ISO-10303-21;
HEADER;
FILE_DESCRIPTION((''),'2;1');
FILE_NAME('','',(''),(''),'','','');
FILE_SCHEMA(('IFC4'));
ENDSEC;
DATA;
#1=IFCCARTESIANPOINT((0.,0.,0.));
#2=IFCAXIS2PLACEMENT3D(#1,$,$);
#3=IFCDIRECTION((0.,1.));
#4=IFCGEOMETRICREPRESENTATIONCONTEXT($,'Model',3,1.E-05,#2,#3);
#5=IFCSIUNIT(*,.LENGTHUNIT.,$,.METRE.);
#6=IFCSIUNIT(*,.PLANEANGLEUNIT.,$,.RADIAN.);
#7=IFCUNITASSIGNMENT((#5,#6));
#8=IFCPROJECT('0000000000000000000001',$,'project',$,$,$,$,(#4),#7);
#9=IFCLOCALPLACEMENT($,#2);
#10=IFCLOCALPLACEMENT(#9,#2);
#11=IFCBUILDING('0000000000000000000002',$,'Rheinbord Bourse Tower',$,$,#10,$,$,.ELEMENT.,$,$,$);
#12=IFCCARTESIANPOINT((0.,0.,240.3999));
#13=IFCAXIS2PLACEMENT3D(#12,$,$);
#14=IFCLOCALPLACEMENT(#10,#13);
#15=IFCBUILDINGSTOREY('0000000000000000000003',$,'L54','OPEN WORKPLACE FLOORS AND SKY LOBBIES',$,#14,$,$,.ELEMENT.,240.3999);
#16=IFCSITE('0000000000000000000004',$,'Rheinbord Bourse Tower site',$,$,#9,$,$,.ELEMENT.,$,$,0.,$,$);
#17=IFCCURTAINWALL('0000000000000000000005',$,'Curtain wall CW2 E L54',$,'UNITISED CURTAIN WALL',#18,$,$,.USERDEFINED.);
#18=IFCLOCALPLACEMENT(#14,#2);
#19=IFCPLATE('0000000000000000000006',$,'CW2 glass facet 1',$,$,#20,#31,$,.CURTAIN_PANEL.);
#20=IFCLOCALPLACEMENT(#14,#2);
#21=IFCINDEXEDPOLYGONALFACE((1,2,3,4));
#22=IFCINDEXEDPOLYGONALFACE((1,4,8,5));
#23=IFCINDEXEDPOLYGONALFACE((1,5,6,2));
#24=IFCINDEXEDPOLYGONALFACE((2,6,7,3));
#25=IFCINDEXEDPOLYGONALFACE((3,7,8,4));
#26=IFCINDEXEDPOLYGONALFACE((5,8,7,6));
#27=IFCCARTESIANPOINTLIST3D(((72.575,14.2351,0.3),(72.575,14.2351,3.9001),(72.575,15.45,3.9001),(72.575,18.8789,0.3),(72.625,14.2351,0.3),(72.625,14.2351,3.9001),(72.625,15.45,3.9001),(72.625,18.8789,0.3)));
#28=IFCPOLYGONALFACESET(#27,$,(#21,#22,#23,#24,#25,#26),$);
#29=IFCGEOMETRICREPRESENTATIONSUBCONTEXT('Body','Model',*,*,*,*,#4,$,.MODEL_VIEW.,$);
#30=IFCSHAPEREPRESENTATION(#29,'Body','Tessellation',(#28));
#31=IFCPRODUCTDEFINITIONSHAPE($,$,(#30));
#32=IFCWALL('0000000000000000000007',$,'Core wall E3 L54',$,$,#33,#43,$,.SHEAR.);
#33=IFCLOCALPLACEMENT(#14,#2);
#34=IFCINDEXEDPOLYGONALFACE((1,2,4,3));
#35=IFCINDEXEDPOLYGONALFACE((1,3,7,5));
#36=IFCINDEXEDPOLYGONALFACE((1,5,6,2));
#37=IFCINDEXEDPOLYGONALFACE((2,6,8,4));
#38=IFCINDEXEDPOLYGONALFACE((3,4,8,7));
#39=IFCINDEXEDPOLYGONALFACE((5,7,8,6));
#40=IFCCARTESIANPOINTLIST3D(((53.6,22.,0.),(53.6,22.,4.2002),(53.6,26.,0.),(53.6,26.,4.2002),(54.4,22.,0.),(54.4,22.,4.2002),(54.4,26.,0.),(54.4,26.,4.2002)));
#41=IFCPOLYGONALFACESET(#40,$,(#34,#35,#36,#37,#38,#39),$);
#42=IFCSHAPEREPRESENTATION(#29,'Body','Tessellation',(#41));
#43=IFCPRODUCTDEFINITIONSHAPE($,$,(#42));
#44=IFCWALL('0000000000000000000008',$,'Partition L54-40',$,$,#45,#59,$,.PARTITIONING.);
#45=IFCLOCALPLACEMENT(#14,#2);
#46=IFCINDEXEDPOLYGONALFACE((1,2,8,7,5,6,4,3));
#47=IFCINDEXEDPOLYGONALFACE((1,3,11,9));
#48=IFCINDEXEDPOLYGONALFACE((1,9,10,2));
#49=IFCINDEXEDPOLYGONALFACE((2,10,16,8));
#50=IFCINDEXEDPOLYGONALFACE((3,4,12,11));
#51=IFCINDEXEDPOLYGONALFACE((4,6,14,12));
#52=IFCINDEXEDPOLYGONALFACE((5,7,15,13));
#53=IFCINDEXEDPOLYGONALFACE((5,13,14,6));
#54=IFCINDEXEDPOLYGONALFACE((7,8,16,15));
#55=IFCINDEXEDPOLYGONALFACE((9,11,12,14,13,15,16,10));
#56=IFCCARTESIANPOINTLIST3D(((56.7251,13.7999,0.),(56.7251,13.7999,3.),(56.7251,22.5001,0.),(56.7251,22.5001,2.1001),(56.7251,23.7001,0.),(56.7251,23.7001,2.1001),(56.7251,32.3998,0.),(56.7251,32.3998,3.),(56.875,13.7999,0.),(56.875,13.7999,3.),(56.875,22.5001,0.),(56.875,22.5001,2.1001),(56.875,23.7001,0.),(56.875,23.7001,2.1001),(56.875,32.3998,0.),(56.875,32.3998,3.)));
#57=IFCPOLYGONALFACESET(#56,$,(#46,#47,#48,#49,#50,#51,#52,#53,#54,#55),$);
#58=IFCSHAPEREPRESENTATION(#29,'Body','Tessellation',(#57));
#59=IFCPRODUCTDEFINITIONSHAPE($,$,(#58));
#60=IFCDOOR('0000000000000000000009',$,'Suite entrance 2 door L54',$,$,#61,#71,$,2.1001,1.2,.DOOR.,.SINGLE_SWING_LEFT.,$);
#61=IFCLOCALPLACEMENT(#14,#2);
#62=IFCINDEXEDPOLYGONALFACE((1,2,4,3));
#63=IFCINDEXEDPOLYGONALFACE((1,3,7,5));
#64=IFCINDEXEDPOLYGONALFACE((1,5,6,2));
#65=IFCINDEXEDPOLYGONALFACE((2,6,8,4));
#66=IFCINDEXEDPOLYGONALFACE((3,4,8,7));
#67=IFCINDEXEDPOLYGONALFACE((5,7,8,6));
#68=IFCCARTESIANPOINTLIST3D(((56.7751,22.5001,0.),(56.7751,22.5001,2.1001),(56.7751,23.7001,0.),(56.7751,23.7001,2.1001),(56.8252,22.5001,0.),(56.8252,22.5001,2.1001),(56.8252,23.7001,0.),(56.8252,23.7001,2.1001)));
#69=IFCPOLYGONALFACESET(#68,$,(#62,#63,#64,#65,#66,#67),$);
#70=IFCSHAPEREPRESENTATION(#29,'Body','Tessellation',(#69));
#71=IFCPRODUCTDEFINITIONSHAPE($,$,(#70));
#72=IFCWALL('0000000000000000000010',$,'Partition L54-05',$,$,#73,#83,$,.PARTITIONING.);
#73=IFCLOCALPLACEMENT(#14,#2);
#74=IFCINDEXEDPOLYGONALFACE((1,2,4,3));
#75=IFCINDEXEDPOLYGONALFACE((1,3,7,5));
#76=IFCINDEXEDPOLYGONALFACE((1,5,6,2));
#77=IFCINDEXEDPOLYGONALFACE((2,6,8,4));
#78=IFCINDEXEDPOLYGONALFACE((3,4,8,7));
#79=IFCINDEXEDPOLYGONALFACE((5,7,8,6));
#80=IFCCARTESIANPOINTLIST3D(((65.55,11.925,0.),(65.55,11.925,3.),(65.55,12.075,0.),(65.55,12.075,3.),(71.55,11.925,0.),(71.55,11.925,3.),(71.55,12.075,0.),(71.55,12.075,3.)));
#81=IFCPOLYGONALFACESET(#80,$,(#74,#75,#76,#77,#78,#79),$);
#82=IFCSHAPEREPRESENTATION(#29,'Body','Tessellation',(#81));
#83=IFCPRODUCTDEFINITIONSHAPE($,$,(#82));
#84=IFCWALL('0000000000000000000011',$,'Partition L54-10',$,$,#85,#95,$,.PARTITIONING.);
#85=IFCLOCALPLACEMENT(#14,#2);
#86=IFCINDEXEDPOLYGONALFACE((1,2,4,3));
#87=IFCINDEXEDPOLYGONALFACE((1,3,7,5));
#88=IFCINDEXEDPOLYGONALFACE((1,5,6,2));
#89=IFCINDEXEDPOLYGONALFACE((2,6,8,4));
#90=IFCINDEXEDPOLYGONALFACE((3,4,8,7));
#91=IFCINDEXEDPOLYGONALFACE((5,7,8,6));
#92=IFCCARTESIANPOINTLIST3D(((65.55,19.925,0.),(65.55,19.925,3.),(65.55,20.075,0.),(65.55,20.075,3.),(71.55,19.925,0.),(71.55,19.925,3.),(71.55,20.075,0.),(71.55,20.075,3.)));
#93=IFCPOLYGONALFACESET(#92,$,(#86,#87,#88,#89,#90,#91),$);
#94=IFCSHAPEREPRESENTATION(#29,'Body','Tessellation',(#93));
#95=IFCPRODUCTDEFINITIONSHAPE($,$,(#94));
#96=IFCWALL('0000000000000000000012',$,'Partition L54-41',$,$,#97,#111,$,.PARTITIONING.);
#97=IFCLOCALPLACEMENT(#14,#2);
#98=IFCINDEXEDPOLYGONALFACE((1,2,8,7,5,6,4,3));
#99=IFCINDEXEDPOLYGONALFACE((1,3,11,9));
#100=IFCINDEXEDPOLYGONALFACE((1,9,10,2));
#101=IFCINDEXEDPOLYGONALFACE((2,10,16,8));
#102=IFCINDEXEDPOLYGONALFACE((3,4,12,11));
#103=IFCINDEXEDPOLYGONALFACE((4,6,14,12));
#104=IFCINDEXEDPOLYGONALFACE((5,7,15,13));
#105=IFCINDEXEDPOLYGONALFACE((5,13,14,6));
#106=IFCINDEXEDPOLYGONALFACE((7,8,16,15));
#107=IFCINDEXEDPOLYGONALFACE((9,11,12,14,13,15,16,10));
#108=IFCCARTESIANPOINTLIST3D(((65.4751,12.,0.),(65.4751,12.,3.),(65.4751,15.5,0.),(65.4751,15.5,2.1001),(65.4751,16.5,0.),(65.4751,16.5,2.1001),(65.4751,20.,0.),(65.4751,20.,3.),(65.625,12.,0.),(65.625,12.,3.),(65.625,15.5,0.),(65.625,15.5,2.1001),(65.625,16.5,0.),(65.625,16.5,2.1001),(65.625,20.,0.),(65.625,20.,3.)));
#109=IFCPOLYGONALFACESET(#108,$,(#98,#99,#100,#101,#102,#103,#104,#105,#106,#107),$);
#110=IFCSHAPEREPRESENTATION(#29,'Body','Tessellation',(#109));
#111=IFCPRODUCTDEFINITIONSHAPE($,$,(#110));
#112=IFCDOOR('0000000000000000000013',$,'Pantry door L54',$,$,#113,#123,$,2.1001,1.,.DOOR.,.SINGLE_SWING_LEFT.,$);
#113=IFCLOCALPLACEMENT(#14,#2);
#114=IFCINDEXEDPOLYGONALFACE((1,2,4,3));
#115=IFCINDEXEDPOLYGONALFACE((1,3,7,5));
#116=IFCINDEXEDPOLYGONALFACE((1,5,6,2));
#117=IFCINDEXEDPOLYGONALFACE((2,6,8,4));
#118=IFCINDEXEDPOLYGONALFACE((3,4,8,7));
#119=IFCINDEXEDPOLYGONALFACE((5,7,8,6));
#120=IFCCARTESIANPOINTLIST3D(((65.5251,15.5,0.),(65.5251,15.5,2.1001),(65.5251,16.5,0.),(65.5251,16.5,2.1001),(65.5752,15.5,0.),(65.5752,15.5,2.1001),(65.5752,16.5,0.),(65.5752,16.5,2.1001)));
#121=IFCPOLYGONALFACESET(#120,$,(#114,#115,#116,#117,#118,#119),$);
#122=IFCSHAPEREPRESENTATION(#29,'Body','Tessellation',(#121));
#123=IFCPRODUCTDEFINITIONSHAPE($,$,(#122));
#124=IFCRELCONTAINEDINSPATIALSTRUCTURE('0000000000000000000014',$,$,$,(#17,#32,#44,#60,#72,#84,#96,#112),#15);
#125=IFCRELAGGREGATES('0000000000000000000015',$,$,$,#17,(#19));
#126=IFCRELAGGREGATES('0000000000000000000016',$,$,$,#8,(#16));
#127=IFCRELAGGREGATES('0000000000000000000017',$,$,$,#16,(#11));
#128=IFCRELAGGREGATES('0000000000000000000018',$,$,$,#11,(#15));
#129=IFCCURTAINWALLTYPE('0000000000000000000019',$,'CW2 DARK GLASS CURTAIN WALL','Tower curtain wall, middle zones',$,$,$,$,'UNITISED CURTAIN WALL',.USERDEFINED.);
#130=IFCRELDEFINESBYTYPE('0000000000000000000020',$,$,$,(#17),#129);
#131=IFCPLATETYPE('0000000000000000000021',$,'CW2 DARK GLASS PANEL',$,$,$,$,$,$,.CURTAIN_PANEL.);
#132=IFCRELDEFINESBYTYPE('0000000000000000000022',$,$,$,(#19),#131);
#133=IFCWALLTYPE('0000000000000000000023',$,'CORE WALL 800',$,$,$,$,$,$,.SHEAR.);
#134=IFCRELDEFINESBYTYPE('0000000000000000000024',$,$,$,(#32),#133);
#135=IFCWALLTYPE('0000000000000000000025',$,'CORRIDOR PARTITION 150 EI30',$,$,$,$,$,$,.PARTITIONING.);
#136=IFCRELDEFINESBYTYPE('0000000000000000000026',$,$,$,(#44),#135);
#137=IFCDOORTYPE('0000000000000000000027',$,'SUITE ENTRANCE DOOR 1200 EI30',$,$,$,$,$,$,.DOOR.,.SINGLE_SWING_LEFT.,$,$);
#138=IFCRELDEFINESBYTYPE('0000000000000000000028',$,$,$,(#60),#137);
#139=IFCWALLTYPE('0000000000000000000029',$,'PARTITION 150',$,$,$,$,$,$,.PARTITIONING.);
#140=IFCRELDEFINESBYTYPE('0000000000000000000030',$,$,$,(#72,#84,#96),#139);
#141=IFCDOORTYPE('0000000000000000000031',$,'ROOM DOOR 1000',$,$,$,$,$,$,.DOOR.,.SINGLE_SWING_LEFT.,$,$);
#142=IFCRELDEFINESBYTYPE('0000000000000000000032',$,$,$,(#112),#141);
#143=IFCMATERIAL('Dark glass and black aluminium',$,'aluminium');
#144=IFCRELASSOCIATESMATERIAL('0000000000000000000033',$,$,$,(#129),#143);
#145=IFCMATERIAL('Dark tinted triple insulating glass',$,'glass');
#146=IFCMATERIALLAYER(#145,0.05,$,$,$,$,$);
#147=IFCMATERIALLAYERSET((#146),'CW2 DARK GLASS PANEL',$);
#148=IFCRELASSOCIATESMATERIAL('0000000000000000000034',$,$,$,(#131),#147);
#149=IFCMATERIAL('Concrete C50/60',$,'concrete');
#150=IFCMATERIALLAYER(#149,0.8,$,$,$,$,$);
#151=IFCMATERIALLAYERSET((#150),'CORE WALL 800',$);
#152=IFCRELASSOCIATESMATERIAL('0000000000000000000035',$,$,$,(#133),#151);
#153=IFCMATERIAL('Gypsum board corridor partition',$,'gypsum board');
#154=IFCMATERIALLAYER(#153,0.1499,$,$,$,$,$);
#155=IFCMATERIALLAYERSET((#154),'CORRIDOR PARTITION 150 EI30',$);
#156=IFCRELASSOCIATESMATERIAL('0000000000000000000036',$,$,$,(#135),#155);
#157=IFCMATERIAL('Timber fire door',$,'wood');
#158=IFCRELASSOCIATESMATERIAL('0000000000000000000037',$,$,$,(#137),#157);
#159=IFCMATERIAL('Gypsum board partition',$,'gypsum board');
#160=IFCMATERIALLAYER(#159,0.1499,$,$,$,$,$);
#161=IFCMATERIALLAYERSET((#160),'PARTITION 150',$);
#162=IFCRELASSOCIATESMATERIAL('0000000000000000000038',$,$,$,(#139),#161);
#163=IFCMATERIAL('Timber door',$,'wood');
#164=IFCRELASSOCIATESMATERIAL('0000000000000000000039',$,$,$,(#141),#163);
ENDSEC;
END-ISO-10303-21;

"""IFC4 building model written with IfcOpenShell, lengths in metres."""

from ifc_helpers import new_model, si_unit, direction, frame, frame_2d, origin, place, context, subcontext, project, spatial, polyline, rectangle, outline, extrude, material, layer, layer_set, type_object, element, fill, aggregate, save


model = new_model("IFC4")

# Units and contexts
model_context = context("Model", 3, precision=1e-05, world=origin(), true_north=direction((0.0, 1.0)))
body_context = subcontext(model_context, "Body", "Model", "MODEL_VIEW")
ifc_project = project(units=[si_unit("LENGTHUNIT", "METRE"), si_unit("PLANEANGLEUNIT", "RADIAN")], contexts=[model_context])

# Site, building, storey
site_placement = place(None, origin())
site = spatial("IfcSite", under=ifc_project, at=site_placement, Name="Rheinbord Bourse Tower site", CompositionType="ELEMENT", RefElevation=0.0)
building_placement = place(site_placement, origin())
building = spatial("IfcBuilding", under=site, at=building_placement, Name="Rheinbord Bourse Tower", CompositionType="ELEMENT")
storey_placement = place(building_placement, frame((0.0, 0.0, 240.3999)))
storey = spatial("IfcBuildingStorey", under=building, at=storey_placement, Name="L54", Description="OPEN WORKPLACE FLOORS AND SKY LOBBIES", CompositionType="ELEMENT", Elevation=240.3999)

# Curtain wall
ifc_material_1 = material(Name="Dark glass and black aluminium", Category="aluminium")
curtain_wall_type = type_object("IfcCurtainWallType", Name="CW2 DARK GLASS CURTAIN WALL", Description="Tower curtain wall, middle zones", ElementType="UNITISED CURTAIN WALL", PredefinedType="USERDEFINED", material=ifc_material_1)
curtain_wall_placement = place(storey_placement, origin())
curtain_wall = element("IfcCurtainWall", 1, at=curtain_wall_placement, inside=storey, type_object=curtain_wall_type, Name="Curtain wall CW2 E L54", ObjectType="UNITISED CURTAIN WALL", PredefinedType="USERDEFINED")

# Plate
ifc_material_2 = material(Name="Dark tinted triple insulating glass", Category="glass")
ifc_layer_1 = layer(ifc_material_2, 0.05)
ifc_layer_set_1 = layer_set([ifc_layer_1], Name="CW2 DARK GLASS PANEL")
plate_type = type_object("IfcPlateType", Name="CW2 DARK GLASS PANEL", PredefinedType="CURTAIN_PANEL", material=ifc_layer_set_1)
plate_1_placement = place(storey_placement, frame((72.625, 14.2351, 0.3), z_axis=(-1.0, 0.0, 0.0), x_axis=(0.0, 0.0, 1.0)))
plate_1 = element("IfcPlate", 2, at=plate_1_placement, type_object=plate_type, Name="CW2 glass facet 1", PredefinedType="CURTAIN_PANEL", context=body_context, shape_type="SweptSolid", body=[
    extrude(outline(polyline([(0.0, 0.0), (3.6001, 0.0), (3.6001, 1.2148), (0.0, 4.6438), (0.0, 0.0)])), origin(), (0.0, 0.0, 1.0), 0.05),
])
aggregate(curtain_wall, [plate_1])

# Wall
ifc_material_3 = material(Name="Concrete C50/60", Category="concrete")
ifc_layer_2 = layer(ifc_material_3, 0.8)
ifc_layer_set_2 = layer_set([ifc_layer_2], Name="CORE WALL 800")
wall_type_1 = type_object("IfcWallType", Name="CORE WALL 800", PredefinedType="SHEAR", material=ifc_layer_set_2)
wall_1_placement = place(storey_placement, frame((54.0, 22.0, 0.0), z_axis=(0.0, 0.0, 1.0), x_axis=(0.0, 1.0, 0.0)))
element("IfcWall", 3, at=wall_1_placement, inside=storey, type_object=wall_type_1, Name="Core wall E3 L54", PredefinedType="SHEAR", context=body_context, shape_type="SweptSolid", body=[
    extrude(rectangle(XDim=4.0, YDim=0.8, at=frame_2d((2.0, 0.0))), origin(), (0.0, 0.0, 1.0), 4.2002),
])

# Wall, opening, door
ifc_material_4 = material(Name="Gypsum board corridor partition", Category="gypsum board")
ifc_layer_3 = layer(ifc_material_4, 0.1499)
ifc_layer_set_3 = layer_set([ifc_layer_3], Name="CORRIDOR PARTITION 150 EI30")
wall_type_2 = type_object("IfcWallType", Name="CORRIDOR PARTITION 150 EI30", PredefinedType="PARTITIONING", material=ifc_layer_set_3)
wall_2_placement = place(storey_placement, frame((56.8, 13.8, 0.0), z_axis=(0.0, 0.0, 1.0), x_axis=(0.0, 1.0, 0.0)))
wall_2 = element("IfcWall", 4, at=wall_2_placement, inside=storey, type_object=wall_type_2, Name="Partition L54-40", PredefinedType="PARTITIONING", context=body_context, shape_type="SweptSolid", body=[
    extrude(rectangle(XDim=18.5999, YDim=0.1499, at=frame_2d((9.2998, 0.0))), origin(), (0.0, 0.0, 1.0), 3.0),
])
opening_1_placement = place(wall_2_placement, frame((8.7, 0.0, 0.0)))
opening_1 = element("IfcOpeningElement", 5, at=opening_1_placement, cuts=wall_2, PredefinedType="OPENING", context=body_context, shape_type="SweptSolid", body=[
    extrude(rectangle(XDim=1.2, YDim=2.1001, at=frame_2d((0.6001, 1.05))), frame((0.0, 0.085, 0.0), z_axis=(0.0, -1.0, 0.0), x_axis=(1.0, 0.0, 0.0)), (0.0, 0.0, 1.0), 0.1699),
])
ifc_material_5 = material(Name="Timber fire door", Category="wood")
door_type_1 = type_object("IfcDoorType", Name="SUITE ENTRANCE DOOR 1200 EI30", OperationType="SINGLE_SWING_LEFT", PredefinedType="DOOR", material=ifc_material_5)
door_1_placement = place(opening_1_placement, origin())
door_1 = element("IfcDoor", 6, at=door_1_placement, inside=storey, type_object=door_type_1, Name="Suite entrance 2 door L54", OperationType="SINGLE_SWING_LEFT", OverallHeight=2.1001, OverallWidth=1.2, PredefinedType="DOOR", context=body_context, shape_type="SweptSolid", body=[
    extrude(rectangle(XDim=1.2, YDim=2.1001, at=frame_2d((0.6001, 1.05))), frame((0.0, 0.0249, 0.0), z_axis=(0.0, -1.0, 0.0), x_axis=(1.0, 0.0, 0.0)), (0.0, 0.0, 1.0), 0.05),
])
fill(opening_1, door_1)

# Walls
ifc_material_6 = material(Name="Gypsum board partition", Category="gypsum board")
ifc_layer_4 = layer(ifc_material_6, 0.1499)
ifc_layer_set_4 = layer_set([ifc_layer_4], Name="PARTITION 150")
wall_type_3 = type_object("IfcWallType", Name="PARTITION 150", PredefinedType="PARTITIONING", material=ifc_layer_set_4)
for number, where, z_axis, x_axis, name in (
    (7, (65.55, 12.0, 0.0), (0.0, 0.0, 1.0), (1.0, 0.0, 0.0), "Partition L54-05"),
    (8, (65.55, 20.0, 0.0), (0.0, 0.0, 1.0), (1.0, 0.0, 0.0), "Partition L54-10"),
):
    element("IfcWall", number, at=place(storey_placement, frame(where, z_axis=z_axis, x_axis=x_axis)), inside=storey, type_object=wall_type_3, Name=name, PredefinedType="PARTITIONING", context=body_context, shape_type="SweptSolid", body=[
        extrude(rectangle(XDim=6.0, YDim=0.1499, at=frame_2d((3.0, 0.0))), origin(), (0.0, 0.0, 1.0), 3.0),
    ])

# Wall, opening, door
wall_3_placement = place(storey_placement, frame((65.55, 12.0, 0.0), z_axis=(0.0, 0.0, 1.0), x_axis=(0.0, 1.0, 0.0)))
wall_3 = element("IfcWall", 9, at=wall_3_placement, inside=storey, type_object=wall_type_3, Name="Partition L54-41", PredefinedType="PARTITIONING", context=body_context, shape_type="SweptSolid", body=[
    extrude(rectangle(XDim=8.0, YDim=0.1499, at=frame_2d((4.0, 0.0))), origin(), (0.0, 0.0, 1.0), 3.0),
])
opening_2_placement = place(wall_3_placement, frame((3.5, 0.0, 0.0)))
opening_2 = element("IfcOpeningElement", 10, at=opening_2_placement, cuts=wall_3, PredefinedType="OPENING", context=body_context, shape_type="SweptSolid", body=[
    extrude(rectangle(XDim=1.0, YDim=2.1001, at=frame_2d((0.5, 1.05))), frame((0.0, 0.085, 0.0), z_axis=(0.0, -1.0, 0.0), x_axis=(1.0, 0.0, 0.0)), (0.0, 0.0, 1.0), 0.1699),
])
ifc_material_7 = material(Name="Timber door", Category="wood")
door_type_2 = type_object("IfcDoorType", Name="ROOM DOOR 1000", OperationType="SINGLE_SWING_LEFT", PredefinedType="DOOR", material=ifc_material_7)
door_2_placement = place(opening_2_placement, origin())
door_2 = element("IfcDoor", 11, at=door_2_placement, inside=storey, type_object=door_type_2, Name="Pantry door L54", OperationType="SINGLE_SWING_LEFT", OverallHeight=2.1001, OverallWidth=1.0, PredefinedType="DOOR", context=body_context, shape_type="SweptSolid", body=[
    extrude(rectangle(XDim=1.0, YDim=2.1001, at=frame_2d((0.5, 1.05))), frame((0.0, 0.0249, 0.0), z_axis=(0.0, -1.0, 0.0), x_axis=(1.0, 0.0, 0.0)), (0.0, 0.0, 1.0), 0.05),
])
fill(opening_2, door_2)

save(model, "model.ifc")
